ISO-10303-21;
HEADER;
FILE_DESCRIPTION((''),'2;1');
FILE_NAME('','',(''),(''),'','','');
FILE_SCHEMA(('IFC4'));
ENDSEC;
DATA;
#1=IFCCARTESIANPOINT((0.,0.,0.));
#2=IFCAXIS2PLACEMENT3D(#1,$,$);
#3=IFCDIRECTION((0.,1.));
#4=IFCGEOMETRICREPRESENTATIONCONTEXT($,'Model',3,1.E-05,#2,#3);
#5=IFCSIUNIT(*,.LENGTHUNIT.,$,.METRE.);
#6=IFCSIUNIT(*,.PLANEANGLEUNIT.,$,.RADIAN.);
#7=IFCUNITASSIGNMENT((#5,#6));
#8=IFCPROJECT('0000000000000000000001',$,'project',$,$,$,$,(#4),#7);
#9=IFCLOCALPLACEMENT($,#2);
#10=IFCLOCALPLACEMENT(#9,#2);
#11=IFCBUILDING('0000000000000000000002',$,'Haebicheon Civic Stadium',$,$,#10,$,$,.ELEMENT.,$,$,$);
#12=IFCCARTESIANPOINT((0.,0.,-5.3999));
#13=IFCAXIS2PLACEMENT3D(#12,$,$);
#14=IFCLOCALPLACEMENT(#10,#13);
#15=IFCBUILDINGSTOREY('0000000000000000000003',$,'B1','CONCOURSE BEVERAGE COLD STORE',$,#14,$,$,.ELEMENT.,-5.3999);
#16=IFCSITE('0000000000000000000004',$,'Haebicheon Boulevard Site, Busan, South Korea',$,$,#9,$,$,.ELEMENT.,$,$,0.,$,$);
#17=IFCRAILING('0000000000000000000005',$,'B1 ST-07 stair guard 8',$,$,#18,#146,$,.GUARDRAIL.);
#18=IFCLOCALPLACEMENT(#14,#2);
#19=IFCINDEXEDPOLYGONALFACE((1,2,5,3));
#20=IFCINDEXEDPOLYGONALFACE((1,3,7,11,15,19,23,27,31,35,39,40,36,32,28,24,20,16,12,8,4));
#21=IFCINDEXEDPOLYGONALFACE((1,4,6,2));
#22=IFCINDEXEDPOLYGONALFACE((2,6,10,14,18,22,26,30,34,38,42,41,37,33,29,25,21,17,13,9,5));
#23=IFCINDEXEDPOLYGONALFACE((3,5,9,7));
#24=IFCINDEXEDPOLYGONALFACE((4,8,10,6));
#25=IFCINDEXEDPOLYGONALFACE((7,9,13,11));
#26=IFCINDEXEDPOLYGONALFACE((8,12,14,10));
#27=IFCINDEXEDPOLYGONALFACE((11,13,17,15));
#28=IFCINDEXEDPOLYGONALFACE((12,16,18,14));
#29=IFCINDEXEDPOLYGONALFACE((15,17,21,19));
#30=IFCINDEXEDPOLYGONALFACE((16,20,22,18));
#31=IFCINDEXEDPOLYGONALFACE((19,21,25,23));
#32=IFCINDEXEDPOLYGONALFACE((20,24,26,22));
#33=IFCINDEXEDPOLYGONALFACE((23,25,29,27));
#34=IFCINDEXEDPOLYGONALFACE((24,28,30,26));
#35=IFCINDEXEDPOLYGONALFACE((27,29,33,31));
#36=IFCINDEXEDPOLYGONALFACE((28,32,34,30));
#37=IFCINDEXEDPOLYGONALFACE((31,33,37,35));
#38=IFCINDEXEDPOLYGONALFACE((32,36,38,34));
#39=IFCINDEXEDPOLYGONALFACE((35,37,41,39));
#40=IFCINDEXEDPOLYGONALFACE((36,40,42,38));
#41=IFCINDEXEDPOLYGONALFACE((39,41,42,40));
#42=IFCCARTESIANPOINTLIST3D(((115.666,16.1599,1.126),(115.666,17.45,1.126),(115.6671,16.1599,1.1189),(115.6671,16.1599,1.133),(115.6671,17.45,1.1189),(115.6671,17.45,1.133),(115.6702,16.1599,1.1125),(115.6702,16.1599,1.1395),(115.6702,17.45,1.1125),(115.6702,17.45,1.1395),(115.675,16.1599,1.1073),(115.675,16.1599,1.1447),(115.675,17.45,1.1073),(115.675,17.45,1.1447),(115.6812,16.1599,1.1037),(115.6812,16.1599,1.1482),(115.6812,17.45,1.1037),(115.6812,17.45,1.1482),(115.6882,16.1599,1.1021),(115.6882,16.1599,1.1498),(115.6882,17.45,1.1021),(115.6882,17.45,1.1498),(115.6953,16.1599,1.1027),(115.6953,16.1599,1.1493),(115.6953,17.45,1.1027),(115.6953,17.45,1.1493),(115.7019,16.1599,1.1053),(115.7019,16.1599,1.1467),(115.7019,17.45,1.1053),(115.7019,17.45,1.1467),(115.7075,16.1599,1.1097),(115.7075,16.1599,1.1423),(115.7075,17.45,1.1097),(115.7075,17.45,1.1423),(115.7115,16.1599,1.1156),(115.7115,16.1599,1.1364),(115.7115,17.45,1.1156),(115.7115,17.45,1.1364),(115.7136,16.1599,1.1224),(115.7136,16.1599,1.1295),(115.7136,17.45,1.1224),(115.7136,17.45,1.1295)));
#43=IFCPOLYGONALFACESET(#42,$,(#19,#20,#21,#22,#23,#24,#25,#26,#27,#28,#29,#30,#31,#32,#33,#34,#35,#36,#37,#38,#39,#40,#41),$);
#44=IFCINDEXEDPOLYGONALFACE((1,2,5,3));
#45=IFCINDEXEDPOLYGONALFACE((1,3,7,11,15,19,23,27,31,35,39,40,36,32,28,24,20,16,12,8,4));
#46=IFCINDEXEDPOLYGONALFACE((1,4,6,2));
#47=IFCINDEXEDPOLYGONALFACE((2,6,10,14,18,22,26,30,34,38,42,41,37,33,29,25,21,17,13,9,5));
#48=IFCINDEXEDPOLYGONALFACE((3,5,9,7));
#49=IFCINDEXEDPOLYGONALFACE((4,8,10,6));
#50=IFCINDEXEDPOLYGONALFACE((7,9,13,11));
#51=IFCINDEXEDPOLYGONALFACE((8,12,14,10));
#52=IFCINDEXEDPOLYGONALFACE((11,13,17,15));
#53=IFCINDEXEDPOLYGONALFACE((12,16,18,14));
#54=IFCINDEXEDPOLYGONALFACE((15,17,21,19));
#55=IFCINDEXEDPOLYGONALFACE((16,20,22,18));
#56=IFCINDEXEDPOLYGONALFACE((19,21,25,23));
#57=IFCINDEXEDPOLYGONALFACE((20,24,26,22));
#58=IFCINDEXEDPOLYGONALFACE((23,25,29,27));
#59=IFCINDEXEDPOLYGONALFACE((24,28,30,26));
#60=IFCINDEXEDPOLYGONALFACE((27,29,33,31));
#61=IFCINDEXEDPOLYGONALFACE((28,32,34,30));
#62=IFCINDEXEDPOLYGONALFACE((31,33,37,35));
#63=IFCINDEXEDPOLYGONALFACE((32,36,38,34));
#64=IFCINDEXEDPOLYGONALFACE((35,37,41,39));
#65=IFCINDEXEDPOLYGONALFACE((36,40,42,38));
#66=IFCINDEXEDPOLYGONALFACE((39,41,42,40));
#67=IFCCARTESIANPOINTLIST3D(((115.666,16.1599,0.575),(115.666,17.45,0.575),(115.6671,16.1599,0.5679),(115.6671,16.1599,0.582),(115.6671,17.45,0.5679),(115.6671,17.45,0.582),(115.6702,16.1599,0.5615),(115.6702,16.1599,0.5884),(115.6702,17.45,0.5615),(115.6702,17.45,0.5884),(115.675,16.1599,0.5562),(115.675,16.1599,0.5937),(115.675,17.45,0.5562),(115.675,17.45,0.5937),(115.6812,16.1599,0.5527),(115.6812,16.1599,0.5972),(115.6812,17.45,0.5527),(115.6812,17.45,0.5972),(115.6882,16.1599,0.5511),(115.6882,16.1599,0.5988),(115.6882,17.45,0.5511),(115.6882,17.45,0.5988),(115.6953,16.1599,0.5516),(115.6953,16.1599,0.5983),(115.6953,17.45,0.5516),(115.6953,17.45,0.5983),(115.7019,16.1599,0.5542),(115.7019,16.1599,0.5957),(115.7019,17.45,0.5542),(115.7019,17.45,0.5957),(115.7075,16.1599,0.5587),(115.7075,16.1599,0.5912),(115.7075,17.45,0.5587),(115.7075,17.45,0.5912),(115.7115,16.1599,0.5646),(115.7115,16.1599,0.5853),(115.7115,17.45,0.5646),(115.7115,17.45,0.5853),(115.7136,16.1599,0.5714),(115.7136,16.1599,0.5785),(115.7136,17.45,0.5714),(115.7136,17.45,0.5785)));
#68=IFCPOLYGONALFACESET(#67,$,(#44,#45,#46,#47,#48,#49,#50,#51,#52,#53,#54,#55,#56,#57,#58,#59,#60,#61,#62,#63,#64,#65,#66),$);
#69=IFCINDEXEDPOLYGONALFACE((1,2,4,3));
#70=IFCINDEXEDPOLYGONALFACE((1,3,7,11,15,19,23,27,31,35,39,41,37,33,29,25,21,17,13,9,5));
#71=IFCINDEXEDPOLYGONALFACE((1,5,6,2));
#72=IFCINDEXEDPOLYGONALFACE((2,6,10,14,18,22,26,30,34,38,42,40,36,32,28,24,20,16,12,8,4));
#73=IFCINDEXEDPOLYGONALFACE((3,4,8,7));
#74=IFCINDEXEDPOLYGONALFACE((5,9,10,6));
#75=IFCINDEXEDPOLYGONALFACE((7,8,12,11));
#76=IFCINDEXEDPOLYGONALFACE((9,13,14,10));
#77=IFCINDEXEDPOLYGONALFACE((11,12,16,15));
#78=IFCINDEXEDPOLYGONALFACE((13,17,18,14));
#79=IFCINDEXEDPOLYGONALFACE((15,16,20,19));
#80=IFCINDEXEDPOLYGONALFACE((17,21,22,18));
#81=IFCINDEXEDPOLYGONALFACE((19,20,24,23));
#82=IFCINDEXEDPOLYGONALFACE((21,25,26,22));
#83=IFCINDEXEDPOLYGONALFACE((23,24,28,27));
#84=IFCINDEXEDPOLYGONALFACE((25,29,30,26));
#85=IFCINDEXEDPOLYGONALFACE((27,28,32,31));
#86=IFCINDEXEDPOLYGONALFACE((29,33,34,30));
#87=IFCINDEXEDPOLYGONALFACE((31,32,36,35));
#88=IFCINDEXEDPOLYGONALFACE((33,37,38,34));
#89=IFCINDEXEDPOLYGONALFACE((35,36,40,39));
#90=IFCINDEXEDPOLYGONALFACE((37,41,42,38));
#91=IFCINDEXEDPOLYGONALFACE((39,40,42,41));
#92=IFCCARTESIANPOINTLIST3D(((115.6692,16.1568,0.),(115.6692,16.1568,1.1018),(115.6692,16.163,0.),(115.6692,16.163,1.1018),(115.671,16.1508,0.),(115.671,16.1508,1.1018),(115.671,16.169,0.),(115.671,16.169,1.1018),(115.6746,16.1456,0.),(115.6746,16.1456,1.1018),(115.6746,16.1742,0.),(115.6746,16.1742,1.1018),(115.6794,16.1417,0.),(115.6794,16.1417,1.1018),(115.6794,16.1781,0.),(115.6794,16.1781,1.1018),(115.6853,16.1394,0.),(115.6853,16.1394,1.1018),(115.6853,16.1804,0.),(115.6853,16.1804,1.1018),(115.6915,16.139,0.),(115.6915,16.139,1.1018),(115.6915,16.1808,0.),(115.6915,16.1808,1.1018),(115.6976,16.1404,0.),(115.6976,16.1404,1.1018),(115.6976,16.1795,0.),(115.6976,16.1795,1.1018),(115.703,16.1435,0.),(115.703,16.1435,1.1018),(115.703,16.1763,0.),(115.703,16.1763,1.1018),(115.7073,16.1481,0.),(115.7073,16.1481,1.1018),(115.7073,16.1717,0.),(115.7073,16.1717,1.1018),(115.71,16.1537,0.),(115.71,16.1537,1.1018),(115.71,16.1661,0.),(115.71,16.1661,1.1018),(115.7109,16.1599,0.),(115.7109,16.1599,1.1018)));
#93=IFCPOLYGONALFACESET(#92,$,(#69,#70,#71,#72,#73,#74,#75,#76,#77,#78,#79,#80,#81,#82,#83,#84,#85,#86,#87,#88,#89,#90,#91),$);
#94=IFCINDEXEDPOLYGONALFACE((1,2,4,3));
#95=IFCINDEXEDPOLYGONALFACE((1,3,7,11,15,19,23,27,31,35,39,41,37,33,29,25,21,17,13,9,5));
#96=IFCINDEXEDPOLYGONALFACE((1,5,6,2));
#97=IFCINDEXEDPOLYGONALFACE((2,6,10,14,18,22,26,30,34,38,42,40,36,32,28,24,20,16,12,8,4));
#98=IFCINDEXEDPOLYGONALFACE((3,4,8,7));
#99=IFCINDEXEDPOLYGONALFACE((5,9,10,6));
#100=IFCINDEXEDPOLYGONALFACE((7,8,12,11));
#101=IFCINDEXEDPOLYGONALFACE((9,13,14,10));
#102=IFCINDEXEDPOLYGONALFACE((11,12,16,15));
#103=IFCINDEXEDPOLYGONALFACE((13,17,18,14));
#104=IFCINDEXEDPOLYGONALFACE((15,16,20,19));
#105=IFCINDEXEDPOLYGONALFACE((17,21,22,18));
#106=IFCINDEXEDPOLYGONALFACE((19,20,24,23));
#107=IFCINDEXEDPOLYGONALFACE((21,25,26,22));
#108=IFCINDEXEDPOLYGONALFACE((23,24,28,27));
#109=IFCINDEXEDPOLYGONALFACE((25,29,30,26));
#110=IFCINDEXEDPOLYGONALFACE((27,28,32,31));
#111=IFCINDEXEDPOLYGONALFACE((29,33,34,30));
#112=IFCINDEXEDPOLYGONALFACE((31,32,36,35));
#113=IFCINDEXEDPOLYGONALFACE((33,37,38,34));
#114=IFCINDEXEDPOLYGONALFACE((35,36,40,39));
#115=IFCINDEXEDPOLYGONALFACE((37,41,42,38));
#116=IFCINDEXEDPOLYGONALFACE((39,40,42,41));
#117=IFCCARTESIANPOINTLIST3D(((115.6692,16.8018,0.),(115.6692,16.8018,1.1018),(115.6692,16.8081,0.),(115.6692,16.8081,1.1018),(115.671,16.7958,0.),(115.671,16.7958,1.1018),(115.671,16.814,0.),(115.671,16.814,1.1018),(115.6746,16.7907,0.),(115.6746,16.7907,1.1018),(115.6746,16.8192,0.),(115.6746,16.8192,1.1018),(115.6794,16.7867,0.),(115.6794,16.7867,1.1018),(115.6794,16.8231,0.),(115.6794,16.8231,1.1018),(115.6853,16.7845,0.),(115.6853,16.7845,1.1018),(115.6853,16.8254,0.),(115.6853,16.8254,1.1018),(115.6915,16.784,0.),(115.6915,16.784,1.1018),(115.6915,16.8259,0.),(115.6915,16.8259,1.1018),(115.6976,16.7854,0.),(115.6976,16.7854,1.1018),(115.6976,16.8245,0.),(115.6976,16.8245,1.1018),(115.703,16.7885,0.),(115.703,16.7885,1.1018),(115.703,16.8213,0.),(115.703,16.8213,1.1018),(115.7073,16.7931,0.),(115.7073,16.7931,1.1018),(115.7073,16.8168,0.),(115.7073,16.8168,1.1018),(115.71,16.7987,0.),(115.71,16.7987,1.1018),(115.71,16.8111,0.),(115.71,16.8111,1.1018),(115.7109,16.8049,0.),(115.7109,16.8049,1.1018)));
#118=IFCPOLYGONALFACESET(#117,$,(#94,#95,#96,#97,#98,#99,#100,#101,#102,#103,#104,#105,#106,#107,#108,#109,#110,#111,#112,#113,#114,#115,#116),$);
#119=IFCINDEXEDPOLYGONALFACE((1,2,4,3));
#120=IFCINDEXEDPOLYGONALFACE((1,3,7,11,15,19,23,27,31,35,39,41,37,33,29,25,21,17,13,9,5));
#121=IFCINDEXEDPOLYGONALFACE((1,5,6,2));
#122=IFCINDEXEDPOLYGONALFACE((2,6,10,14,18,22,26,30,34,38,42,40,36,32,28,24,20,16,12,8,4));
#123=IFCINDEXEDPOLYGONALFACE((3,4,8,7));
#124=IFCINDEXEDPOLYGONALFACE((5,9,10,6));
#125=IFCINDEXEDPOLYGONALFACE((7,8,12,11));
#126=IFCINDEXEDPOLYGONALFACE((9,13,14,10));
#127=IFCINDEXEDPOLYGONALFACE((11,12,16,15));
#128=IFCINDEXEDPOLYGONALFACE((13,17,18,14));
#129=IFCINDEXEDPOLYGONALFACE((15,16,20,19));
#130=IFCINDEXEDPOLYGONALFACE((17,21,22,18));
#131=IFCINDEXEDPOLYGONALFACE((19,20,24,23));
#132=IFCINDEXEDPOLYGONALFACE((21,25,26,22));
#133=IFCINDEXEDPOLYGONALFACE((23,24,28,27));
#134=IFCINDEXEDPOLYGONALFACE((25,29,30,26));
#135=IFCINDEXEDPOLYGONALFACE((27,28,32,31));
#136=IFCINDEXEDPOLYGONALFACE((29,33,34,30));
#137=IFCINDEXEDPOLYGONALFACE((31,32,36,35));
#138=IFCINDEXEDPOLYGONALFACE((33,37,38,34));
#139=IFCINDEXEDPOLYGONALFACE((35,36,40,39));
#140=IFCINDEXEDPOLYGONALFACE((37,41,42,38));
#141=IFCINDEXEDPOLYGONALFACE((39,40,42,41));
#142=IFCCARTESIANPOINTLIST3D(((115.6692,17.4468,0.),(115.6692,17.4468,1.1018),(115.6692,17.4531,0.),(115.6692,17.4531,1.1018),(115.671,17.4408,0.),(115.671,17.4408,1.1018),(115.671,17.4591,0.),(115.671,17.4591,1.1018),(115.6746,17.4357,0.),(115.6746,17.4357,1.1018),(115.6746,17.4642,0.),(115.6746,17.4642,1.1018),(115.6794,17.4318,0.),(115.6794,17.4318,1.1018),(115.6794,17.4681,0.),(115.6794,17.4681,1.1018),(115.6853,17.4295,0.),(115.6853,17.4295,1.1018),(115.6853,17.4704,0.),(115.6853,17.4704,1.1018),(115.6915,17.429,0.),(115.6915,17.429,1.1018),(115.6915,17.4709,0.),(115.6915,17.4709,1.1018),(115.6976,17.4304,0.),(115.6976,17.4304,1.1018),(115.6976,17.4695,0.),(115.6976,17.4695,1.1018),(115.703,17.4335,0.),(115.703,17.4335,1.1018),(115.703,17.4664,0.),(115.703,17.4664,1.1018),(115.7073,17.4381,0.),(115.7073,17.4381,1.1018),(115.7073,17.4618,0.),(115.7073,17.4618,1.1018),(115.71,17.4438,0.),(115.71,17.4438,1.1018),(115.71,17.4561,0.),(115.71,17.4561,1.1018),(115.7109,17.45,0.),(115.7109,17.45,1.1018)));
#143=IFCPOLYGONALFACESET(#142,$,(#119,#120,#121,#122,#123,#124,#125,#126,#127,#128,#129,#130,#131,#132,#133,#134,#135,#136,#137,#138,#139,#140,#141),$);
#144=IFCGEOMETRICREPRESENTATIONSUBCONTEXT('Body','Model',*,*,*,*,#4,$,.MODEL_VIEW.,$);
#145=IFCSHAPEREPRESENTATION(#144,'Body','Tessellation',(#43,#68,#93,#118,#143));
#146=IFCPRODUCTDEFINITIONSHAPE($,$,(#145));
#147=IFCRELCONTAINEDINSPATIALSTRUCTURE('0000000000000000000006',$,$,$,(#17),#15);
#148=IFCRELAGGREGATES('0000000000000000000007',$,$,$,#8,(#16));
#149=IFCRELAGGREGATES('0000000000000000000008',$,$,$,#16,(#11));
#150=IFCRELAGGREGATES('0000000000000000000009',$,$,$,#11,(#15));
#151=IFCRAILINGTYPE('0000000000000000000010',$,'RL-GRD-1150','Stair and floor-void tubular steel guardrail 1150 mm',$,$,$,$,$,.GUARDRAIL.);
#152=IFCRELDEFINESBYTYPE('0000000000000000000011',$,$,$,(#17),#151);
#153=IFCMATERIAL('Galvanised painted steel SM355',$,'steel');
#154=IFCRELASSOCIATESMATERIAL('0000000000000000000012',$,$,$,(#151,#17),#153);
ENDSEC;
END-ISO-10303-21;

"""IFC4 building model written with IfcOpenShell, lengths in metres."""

from ifc_helpers import new_model, si_unit, direction, frame, origin, origin_2d, place, context, subcontext, project, spatial, circle, extrude, material, type_object, element, save


model = new_model("IFC4")

# Units and contexts
model_context = context("Model", 3, precision=1e-05, world=origin(), true_north=direction((0.0, 1.0)))
body_context = subcontext(model_context, "Body", "Model", "MODEL_VIEW")
ifc_project = project(units=[si_unit("LENGTHUNIT", "METRE"), si_unit("PLANEANGLEUNIT", "RADIAN")], contexts=[model_context])

# Site, building, storey
site_placement = place(None, origin())
site = spatial("IfcSite", under=ifc_project, at=site_placement, Name="Haebicheon Boulevard Site, Busan, South Korea", CompositionType="ELEMENT", RefElevation=0.0)
building_placement = place(site_placement, origin())
building = spatial("IfcBuilding", under=site, at=building_placement, Name="Haebicheon Civic Stadium", CompositionType="ELEMENT")
storey_placement = place(building_placement, frame((0.0, 0.0, -5.3999)))
storey = spatial("IfcBuildingStorey", under=building, at=storey_placement, Name="B1", Description="CONCOURSE BEVERAGE COLD STORE", CompositionType="ELEMENT", Elevation=-5.3999)

# Railing
ifc_material_1 = material(Name="Galvanised painted steel SM355", Category="steel")
railing_type_1 = type_object("IfcRailingType", Name="RL-GRD-1150", Description="Stair and floor-void tubular steel guardrail 1150 mm", PredefinedType="GUARDRAIL", material=ifc_material_1)
railing_1_placement = place(storey_placement, frame((115.6899, 16.1599, 0.0)))
element("IfcRailing", 1, at=railing_1_placement, inside=storey, type_object=railing_type_1, material=ifc_material_1, Name="B1 ST-07 stair guard 8", PredefinedType="GUARDRAIL", context=body_context, shape_type="SweptSolid", body=[
    extrude(circle(Radius=0.0239, at=origin_2d()), frame((0.0, 0.0, 1.126), z_axis=(0.0, 1.0, 0.0), x_axis=(-1.0, 0.0, 0.0)), (0.0, 0.0, 1.0), 1.29),
    extrude(circle(Radius=0.0239, at=origin_2d()), frame((0.0, 0.0, 0.575), z_axis=(0.0, 1.0, 0.0), x_axis=(-1.0, 0.0, 0.0)), (0.0, 0.0, 1.0), 1.29),
    extrude(circle(Radius=0.021, at=origin_2d()), origin(), (0.0, 0.0, 1.0), 1.1018),
    extrude(circle(Radius=0.021, at=origin_2d()), frame((0.0, 0.645, 0.0)), (0.0, 0.0, 1.0), 1.1018),
    extrude(circle(Radius=0.021, at=origin_2d()), frame((0.0, 1.29, 0.0)), (0.0, 0.0, 1.0), 1.1018),
])

save(model, "model.ifc")
